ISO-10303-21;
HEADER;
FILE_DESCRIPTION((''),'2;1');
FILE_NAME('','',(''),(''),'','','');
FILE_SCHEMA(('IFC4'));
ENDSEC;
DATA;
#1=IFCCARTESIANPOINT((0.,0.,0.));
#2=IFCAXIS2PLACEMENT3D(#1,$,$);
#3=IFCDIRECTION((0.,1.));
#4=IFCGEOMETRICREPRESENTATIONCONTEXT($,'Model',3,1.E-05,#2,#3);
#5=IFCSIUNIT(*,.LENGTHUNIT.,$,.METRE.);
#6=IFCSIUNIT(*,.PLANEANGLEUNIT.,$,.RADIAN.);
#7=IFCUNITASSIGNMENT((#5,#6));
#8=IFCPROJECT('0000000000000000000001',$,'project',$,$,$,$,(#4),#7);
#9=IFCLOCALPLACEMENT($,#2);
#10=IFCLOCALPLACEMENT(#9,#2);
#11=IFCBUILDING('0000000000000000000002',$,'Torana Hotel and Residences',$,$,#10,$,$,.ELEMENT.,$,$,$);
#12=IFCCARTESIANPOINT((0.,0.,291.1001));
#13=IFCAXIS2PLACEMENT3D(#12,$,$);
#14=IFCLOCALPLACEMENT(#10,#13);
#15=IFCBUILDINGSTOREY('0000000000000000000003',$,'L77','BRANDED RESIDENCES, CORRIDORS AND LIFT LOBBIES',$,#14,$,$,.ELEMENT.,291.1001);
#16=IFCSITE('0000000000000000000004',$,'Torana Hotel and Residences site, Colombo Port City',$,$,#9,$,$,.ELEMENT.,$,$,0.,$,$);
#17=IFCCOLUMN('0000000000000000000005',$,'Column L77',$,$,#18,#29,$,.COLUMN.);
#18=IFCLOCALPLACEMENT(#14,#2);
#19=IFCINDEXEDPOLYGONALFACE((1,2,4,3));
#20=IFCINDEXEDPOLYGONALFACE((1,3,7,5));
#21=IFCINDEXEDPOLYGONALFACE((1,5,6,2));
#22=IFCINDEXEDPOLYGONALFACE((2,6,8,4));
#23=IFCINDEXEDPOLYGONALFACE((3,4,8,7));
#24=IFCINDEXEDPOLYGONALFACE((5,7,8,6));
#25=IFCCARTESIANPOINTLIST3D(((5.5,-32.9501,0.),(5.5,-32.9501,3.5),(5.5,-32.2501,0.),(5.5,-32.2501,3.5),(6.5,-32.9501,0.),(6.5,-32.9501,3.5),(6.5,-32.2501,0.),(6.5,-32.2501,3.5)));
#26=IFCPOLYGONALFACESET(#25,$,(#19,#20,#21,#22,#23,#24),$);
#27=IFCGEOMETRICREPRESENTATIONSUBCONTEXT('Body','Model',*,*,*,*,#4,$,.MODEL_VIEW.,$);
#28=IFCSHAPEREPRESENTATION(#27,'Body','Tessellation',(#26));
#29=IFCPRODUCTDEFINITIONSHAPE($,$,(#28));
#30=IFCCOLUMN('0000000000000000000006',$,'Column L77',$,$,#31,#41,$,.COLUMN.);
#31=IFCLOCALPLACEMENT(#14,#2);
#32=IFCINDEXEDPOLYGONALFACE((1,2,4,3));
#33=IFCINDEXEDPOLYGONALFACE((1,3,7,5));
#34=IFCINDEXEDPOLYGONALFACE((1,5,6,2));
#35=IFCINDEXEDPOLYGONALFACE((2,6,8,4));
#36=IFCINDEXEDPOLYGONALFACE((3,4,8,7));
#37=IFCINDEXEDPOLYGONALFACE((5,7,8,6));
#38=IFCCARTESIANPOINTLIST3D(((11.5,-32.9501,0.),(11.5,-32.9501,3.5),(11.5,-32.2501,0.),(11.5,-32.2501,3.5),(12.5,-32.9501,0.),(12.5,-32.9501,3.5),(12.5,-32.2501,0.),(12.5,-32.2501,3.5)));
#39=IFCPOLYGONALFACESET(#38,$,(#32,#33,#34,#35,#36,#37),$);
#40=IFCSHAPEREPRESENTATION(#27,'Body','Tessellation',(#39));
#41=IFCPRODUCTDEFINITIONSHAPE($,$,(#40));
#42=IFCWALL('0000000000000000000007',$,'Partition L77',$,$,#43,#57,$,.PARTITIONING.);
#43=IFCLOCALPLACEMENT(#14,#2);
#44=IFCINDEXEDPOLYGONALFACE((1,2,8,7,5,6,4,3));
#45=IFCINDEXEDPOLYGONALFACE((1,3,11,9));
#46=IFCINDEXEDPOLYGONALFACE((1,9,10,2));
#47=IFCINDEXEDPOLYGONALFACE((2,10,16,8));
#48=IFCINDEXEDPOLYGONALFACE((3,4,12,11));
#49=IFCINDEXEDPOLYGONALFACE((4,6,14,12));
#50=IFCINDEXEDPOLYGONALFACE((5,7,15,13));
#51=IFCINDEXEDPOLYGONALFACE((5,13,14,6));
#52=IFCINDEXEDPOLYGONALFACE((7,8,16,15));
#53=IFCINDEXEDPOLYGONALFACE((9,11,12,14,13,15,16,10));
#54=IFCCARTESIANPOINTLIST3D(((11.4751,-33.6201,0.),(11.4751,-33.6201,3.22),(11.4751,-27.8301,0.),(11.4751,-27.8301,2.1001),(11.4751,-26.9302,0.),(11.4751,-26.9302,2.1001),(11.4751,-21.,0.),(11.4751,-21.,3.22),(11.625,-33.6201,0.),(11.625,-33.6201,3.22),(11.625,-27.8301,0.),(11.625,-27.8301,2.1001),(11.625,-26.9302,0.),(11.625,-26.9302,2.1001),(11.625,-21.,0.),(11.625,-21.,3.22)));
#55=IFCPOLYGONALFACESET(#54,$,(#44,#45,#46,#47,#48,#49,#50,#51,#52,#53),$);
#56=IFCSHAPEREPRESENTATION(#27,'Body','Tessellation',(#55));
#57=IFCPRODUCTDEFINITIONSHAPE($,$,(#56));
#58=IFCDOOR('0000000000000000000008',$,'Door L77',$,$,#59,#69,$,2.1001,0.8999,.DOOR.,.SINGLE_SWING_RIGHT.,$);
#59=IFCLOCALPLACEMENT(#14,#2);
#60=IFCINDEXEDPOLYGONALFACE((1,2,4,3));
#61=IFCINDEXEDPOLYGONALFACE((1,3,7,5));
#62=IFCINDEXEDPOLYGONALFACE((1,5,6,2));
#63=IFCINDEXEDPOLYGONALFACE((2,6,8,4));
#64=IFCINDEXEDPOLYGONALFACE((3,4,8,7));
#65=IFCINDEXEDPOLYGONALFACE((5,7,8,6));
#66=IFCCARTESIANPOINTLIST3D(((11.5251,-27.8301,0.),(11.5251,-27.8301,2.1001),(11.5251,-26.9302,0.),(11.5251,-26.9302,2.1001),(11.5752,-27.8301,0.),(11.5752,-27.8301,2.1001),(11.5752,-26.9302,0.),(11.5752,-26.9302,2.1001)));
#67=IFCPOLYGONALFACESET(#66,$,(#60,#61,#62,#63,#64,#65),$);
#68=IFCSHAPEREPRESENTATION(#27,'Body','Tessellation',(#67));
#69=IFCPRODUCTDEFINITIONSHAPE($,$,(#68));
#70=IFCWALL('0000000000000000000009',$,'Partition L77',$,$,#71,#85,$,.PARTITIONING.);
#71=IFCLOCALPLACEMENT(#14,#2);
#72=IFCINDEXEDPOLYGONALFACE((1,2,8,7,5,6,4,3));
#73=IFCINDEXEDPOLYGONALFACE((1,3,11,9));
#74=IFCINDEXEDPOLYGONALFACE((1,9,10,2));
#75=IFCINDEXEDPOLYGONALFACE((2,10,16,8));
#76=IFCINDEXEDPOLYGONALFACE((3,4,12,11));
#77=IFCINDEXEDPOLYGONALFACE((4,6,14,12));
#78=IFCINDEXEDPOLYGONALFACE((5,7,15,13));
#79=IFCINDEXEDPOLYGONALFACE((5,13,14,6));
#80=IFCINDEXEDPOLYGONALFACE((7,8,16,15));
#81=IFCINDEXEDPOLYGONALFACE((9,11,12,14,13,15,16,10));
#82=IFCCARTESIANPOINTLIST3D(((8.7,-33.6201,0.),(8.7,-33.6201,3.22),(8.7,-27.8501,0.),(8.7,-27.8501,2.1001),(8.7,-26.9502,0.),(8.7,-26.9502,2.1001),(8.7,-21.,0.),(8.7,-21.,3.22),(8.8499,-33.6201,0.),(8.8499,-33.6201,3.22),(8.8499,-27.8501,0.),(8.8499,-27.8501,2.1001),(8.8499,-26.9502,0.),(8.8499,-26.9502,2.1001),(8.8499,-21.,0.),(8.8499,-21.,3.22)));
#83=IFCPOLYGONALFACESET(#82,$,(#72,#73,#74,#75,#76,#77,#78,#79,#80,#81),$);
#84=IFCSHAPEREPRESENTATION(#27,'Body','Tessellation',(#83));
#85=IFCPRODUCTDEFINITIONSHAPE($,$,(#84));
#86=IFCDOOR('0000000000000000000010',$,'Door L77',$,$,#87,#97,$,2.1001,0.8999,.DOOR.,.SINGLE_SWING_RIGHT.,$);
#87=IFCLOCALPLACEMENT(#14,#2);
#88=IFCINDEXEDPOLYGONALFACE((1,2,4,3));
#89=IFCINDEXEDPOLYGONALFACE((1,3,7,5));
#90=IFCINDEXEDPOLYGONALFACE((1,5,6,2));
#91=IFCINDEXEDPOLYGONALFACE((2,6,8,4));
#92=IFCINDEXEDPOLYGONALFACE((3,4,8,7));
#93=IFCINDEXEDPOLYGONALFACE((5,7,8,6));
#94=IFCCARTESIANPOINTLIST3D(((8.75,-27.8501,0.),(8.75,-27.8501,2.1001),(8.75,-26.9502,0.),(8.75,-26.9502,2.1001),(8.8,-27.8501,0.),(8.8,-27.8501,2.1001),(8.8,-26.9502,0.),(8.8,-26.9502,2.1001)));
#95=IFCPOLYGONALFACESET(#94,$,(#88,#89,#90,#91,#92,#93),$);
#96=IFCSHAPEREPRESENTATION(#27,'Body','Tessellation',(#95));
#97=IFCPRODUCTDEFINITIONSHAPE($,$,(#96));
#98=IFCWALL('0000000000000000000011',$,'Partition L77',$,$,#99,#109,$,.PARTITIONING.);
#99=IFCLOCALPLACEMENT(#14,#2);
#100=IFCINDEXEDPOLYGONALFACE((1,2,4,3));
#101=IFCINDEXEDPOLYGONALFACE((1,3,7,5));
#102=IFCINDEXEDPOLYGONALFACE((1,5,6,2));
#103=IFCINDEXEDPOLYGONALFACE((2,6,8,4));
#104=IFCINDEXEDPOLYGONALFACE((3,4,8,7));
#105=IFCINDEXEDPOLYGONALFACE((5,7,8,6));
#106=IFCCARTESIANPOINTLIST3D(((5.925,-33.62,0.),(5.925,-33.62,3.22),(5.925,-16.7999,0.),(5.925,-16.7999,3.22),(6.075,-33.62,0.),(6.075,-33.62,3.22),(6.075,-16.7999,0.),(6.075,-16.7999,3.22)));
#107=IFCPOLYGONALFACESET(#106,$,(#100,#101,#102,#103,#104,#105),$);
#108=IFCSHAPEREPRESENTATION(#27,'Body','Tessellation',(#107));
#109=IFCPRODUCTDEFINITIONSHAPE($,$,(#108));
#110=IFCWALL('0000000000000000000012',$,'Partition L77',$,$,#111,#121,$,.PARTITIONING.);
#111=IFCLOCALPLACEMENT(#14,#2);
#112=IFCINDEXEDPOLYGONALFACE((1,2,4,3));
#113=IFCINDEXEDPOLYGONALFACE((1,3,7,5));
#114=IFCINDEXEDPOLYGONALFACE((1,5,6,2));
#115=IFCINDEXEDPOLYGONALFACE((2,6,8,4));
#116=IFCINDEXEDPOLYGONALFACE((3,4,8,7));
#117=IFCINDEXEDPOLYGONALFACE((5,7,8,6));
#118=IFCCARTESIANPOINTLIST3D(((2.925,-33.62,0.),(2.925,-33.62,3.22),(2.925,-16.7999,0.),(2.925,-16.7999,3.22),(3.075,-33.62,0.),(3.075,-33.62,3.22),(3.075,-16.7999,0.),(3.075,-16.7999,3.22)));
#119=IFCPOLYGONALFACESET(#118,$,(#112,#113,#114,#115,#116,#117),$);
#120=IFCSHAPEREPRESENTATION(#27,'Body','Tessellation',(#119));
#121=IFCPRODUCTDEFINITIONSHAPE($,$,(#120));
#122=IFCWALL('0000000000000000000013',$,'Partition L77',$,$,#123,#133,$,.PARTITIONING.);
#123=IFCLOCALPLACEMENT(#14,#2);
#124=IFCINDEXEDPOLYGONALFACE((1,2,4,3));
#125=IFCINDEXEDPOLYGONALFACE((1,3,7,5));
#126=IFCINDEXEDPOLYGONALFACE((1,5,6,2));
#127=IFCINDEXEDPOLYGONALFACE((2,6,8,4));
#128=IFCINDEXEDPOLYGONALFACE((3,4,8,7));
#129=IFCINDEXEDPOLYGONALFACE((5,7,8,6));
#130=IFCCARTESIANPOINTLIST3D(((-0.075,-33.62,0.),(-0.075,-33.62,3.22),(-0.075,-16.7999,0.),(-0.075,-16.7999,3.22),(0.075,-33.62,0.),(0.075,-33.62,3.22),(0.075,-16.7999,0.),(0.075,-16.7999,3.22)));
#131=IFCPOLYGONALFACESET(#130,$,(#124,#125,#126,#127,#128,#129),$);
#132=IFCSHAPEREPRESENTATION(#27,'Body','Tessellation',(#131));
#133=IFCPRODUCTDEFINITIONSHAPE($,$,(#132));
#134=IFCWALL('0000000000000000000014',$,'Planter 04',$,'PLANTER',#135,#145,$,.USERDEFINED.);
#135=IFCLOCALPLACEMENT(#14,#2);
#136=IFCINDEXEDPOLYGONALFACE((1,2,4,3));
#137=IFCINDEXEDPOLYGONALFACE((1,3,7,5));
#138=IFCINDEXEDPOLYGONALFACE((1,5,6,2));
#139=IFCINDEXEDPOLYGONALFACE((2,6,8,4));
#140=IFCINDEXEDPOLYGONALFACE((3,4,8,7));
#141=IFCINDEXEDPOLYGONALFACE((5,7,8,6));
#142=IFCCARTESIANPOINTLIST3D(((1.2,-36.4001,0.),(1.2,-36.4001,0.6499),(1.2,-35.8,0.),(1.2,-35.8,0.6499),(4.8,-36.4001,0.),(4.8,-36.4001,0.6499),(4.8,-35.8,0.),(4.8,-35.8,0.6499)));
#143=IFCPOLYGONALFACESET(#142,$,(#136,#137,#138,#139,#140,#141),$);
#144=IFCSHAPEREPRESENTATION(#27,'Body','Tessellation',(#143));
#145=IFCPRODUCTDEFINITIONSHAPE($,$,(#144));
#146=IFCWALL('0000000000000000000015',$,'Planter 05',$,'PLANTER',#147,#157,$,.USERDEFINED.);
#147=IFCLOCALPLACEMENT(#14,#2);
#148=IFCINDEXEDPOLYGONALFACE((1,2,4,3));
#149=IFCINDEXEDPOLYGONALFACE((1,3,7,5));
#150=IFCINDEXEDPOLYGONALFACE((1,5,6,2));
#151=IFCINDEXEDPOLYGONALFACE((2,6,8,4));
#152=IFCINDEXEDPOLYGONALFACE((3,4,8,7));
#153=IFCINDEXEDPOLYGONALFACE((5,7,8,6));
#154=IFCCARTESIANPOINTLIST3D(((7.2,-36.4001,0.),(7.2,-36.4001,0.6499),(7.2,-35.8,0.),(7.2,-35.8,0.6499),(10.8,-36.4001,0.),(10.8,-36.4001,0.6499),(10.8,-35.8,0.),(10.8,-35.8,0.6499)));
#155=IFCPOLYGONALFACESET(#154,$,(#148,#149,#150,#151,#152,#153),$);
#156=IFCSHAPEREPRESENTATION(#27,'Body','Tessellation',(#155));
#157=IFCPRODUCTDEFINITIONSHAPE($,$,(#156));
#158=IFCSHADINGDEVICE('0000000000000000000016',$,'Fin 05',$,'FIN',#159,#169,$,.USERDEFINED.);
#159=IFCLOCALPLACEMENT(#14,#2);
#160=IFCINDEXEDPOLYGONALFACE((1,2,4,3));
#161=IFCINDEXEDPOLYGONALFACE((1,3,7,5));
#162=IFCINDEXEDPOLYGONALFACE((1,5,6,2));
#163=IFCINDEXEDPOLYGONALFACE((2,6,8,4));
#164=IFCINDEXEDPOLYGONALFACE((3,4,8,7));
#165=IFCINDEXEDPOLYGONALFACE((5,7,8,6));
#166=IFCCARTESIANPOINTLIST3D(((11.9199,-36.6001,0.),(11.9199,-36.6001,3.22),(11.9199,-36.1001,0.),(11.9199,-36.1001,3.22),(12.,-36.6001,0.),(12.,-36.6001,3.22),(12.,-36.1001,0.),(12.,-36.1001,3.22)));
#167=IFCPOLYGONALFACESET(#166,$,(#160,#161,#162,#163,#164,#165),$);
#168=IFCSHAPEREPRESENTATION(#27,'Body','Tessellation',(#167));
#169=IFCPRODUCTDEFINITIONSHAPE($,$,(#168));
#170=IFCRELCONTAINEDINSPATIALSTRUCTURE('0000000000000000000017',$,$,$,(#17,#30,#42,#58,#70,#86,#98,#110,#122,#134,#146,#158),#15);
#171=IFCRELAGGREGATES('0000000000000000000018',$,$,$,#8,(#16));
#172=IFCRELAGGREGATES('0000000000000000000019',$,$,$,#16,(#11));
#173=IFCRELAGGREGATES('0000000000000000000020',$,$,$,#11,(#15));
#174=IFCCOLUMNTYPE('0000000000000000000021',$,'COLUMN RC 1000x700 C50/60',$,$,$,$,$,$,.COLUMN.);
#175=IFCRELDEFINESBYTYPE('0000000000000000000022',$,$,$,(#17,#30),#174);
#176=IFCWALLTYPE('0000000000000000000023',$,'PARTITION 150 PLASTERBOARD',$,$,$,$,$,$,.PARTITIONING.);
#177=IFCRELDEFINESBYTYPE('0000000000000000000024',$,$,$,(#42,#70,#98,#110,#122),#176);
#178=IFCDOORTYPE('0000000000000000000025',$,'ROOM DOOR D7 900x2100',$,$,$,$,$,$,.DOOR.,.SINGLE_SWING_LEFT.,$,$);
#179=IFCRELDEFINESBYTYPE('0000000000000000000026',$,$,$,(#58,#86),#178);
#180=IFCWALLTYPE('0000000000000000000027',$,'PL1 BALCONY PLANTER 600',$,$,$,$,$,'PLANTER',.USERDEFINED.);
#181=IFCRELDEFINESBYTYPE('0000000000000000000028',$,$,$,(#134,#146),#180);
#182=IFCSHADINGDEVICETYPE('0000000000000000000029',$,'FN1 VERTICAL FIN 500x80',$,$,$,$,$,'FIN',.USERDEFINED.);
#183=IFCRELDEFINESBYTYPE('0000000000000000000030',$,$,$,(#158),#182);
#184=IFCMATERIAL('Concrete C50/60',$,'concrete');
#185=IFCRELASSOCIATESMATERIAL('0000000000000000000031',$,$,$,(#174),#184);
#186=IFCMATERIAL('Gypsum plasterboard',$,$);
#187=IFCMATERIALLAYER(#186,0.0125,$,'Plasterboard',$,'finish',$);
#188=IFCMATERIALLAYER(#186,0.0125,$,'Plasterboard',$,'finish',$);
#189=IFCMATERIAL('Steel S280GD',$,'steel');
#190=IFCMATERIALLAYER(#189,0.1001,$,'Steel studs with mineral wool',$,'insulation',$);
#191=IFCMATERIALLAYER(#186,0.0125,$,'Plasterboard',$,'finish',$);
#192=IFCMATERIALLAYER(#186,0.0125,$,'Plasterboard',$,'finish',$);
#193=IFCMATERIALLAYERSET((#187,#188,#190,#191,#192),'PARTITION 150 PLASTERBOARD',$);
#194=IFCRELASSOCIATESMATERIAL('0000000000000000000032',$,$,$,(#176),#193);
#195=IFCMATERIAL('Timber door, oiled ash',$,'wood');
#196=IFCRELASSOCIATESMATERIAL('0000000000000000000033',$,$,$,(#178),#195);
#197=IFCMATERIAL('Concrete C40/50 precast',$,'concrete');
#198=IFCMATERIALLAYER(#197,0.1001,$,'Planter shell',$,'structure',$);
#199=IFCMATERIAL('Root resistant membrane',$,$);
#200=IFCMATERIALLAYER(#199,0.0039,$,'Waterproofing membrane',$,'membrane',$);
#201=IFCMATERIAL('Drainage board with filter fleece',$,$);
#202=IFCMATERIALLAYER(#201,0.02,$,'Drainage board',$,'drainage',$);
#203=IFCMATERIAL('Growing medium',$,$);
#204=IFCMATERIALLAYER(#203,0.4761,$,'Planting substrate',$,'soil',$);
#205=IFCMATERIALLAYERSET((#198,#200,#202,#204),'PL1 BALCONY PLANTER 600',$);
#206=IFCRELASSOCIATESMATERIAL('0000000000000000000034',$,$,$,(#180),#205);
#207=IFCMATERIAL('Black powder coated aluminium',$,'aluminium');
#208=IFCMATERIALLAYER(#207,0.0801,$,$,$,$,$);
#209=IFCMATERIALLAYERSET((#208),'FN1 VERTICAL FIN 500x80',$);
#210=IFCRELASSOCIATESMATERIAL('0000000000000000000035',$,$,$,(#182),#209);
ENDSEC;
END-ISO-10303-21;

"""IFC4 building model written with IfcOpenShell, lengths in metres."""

from ifc_helpers import new_model, si_unit, direction, frame, frame_2d, origin, origin_2d, place, context, subcontext, project, spatial, rectangle, extrude, material, layer, layer_set, material_profile, profile_set, type_object, element, fill, save


model = new_model("IFC4")

# Units and contexts
model_context = context("Model", 3, precision=1e-05, world=origin(), true_north=direction((0.0, 1.0)))
body_context = subcontext(model_context, "Body", "Model", "MODEL_VIEW")
ifc_project = project(units=[si_unit("LENGTHUNIT", "METRE"), si_unit("PLANEANGLEUNIT", "RADIAN")], contexts=[model_context])

# Site, building, storey
site_placement = place(None, origin())
site = spatial("IfcSite", under=ifc_project, at=site_placement, Name="Torana Hotel and Residences site, Colombo Port City", CompositionType="ELEMENT", RefElevation=0.0)
building_placement = place(site_placement, origin())
building = spatial("IfcBuilding", under=site, at=building_placement, Name="Torana Hotel and Residences", CompositionType="ELEMENT")
storey_placement = place(building_placement, frame((0.0, 0.0, 291.1001)))
storey = spatial("IfcBuildingStorey", under=building, at=storey_placement, Name="L77", Description="BRANDED RESIDENCES, CORRIDORS AND LIFT LOBBIES", CompositionType="ELEMENT", Elevation=291.1001)

# Columns
ifc_material_1 = material(Name="Concrete C50/60", Category="concrete")
ifc_material_profile = material_profile(ifc_material_1, rectangle(XDim=1.0, YDim=0.7, at=origin_2d()), Name="RC 1000x700")
ifc_profile_set = profile_set([ifc_material_profile], Name="Concrete C50/60")
column_type = type_object("IfcColumnType", Name="COLUMN RC 1000x700 C50/60", PredefinedType="COLUMN", material=ifc_profile_set)
for number, where, z_axis, x_axis, name in (
    (1, (6.0, -32.6001, 0.0), (0.0, 0.0, 1.0), (1.0, 0.0, 0.0), "Column L77"),
    (2, (12.0, -32.6001, 0.0), (0.0, 0.0, 1.0), (1.0, 0.0, 0.0), "Column L77"),
):
    element("IfcColumn", number, at=place(storey_placement, frame(where, z_axis=z_axis, x_axis=x_axis)), inside=storey, type_object=column_type, Name=name, PredefinedType="COLUMN", context=body_context, shape_type="SweptSolid", body=[
        extrude(rectangle(XDim=1.0, YDim=0.7, at=origin_2d()), origin(), (0.0, 0.0, 1.0), 3.5),
    ])

# Walls, openings, doors
ifc_material_2 = material(Name="Gypsum plasterboard")
ifc_layer_1 = layer(ifc_material_2, 0.0125, Name="Plasterboard", Category="finish")
ifc_layer_2 = layer(ifc_material_2, 0.0125, Name="Plasterboard", Category="finish")
ifc_material_3 = material(Name="Steel S280GD", Category="steel")
ifc_layer_3 = layer(ifc_material_3, 0.1001, Name="Steel studs with mineral wool", Category="insulation")
ifc_layer_4 = layer(ifc_material_2, 0.0125, Name="Plasterboard", Category="finish")
ifc_layer_5 = layer(ifc_material_2, 0.0125, Name="Plasterboard", Category="finish")
ifc_layer_set_1 = layer_set([ifc_layer_1, ifc_layer_2, ifc_layer_3, ifc_layer_4, ifc_layer_5], Name="PARTITION 150 PLASTERBOARD")
wall_type_1 = type_object("IfcWallType", Name="PARTITION 150 PLASTERBOARD", PredefinedType="PARTITIONING", material=ifc_layer_set_1)
wall_1_placement = place(storey_placement, frame((11.55, -33.6201, 0.0), z_axis=(0.0, 0.0, 1.0), x_axis=(0.0, 1.0, 0.0)))
wall_1 = element("IfcWall", 3, at=wall_1_placement, inside=storey, type_object=wall_type_1, Name="Partition L77", PredefinedType="PARTITIONING", context=body_context, shape_type="SweptSolid", body=[
    extrude(rectangle(XDim=12.6201, YDim=0.1499, at=frame_2d((6.3101, 0.0))), origin(), (0.0, 0.0, 1.0), 3.22),
])
opening_1_placement = place(wall_1_placement, frame((5.79, 0.0, 0.0)))
opening_1 = element("IfcOpeningElement", 4, at=opening_1_placement, cuts=wall_1, PredefinedType="OPENING", context=body_context, shape_type="SweptSolid", body=[
    extrude(rectangle(XDim=0.8999, YDim=2.1001, at=frame_2d((0.45, 1.05))), frame((0.0, 0.085, 0.0), z_axis=(0.0, -1.0, 0.0), x_axis=(1.0, 0.0, 0.0)), (0.0, 0.0, 1.0), 0.1699),
])
ifc_material_4 = material(Name="Timber door, oiled ash", Category="wood")
door_type = type_object("IfcDoorType", Name="ROOM DOOR D7 900x2100", OperationType="SINGLE_SWING_LEFT", PredefinedType="DOOR", material=ifc_material_4)
door_1_placement = place(opening_1_placement, origin())
door_1 = element("IfcDoor", 5, at=door_1_placement, inside=storey, type_object=door_type, Name="Door L77", OperationType="SINGLE_SWING_RIGHT", OverallHeight=2.1001, OverallWidth=0.8999, PredefinedType="DOOR", context=body_context, shape_type="SweptSolid", body=[
    extrude(rectangle(XDim=0.8999, YDim=2.1001, at=frame_2d((0.45, 1.05))), frame((0.0, 0.0249, 0.0), z_axis=(0.0, -1.0, 0.0), x_axis=(1.0, 0.0, 0.0)), (0.0, 0.0, 1.0), 0.05),
])
fill(opening_1, door_1)
wall_2_placement = place(storey_placement, frame((8.7749, -33.6201, 0.0), z_axis=(0.0, 0.0, 1.0), x_axis=(0.0, 1.0, 0.0)))
wall_2 = element("IfcWall", 6, at=wall_2_placement, inside=storey, type_object=wall_type_1, Name="Partition L77", PredefinedType="PARTITIONING", context=body_context, shape_type="SweptSolid", body=[
    extrude(rectangle(XDim=12.6201, YDim=0.1499, at=frame_2d((6.3101, 0.0))), origin(), (0.0, 0.0, 1.0), 3.22),
])
opening_2_placement = place(wall_2_placement, frame((5.77, 0.0, 0.0)))
opening_2 = element("IfcOpeningElement", 7, at=opening_2_placement, cuts=wall_2, PredefinedType="OPENING", context=body_context, shape_type="SweptSolid", body=[
    extrude(rectangle(XDim=0.8999, YDim=2.1001, at=frame_2d((0.45, 1.05))), frame((0.0, 0.085, 0.0), z_axis=(0.0, -1.0, 0.0), x_axis=(1.0, 0.0, 0.0)), (0.0, 0.0, 1.0), 0.1699),
])
door_2_placement = place(opening_2_placement, origin())
door_2 = element("IfcDoor", 8, at=door_2_placement, inside=storey, type_object=door_type, Name="Door L77", OperationType="SINGLE_SWING_RIGHT", OverallHeight=2.1001, OverallWidth=0.8999, PredefinedType="DOOR", context=body_context, shape_type="SweptSolid", body=[
    extrude(rectangle(XDim=0.8999, YDim=2.1001, at=frame_2d((0.45, 1.05))), frame((0.0, 0.0249, 0.0), z_axis=(0.0, -1.0, 0.0), x_axis=(1.0, 0.0, 0.0)), (0.0, 0.0, 1.0), 0.05),
])
fill(opening_2, door_2)

# Walls
for number, where, z_axis, x_axis, name in (
    (9, (6.0, -33.6201, 0.0), (0.0, 0.0, 1.0), (0.0, 1.0, 0.0), "Partition L77"),
    (10, (3.0, -33.6201, 0.0), (0.0, 0.0, 1.0), (0.0, 1.0, 0.0), "Partition L77"),
    (11, (0.0, -33.6201, 0.0), (0.0, 0.0, 1.0), (0.0, 1.0, 0.0), "Partition L77"),
):
    element("IfcWall", number, at=place(storey_placement, frame(where, z_axis=z_axis, x_axis=x_axis)), inside=storey, type_object=wall_type_1, Name=name, PredefinedType="PARTITIONING", context=body_context, shape_type="SweptSolid", body=[
        extrude(rectangle(XDim=16.8201, YDim=0.1499, at=frame_2d((8.4102, 0.0))), origin(), (0.0, 0.0, 1.0), 3.22),
    ])
ifc_material_5 = material(Name="Concrete C40/50 precast", Category="concrete")
ifc_layer_6 = layer(ifc_material_5, 0.1001, Name="Planter shell", Category="structure")
ifc_material_6 = material(Name="Root resistant membrane")
ifc_layer_7 = layer(ifc_material_6, 0.0039, Name="Waterproofing membrane", Category="membrane")
ifc_material_7 = material(Name="Drainage board with filter fleece")
ifc_layer_8 = layer(ifc_material_7, 0.02, Name="Drainage board", Category="drainage")
ifc_material_8 = material(Name="Growing medium")
ifc_layer_9 = layer(ifc_material_8, 0.4761, Name="Planting substrate", Category="soil")
ifc_layer_set_2 = layer_set([ifc_layer_6, ifc_layer_7, ifc_layer_8, ifc_layer_9], Name="PL1 BALCONY PLANTER 600")
wall_type_2 = type_object("IfcWallType", Name="PL1 BALCONY PLANTER 600", ElementType="PLANTER", PredefinedType="USERDEFINED", material=ifc_layer_set_2)
for number, where, z_axis, x_axis, name in (
    (12, (4.8, -36.1001, 0.0), (0.0, 0.0, 1.0), (-1.0, 0.0, 0.0), "Planter 04"),
    (13, (10.8, -36.1001, 0.0), (0.0, 0.0, 1.0), (-1.0, 0.0, 0.0), "Planter 05"),
):
    element("IfcWall", number, at=place(storey_placement, frame(where, z_axis=z_axis, x_axis=x_axis)), inside=storey, type_object=wall_type_2, Name=name, ObjectType="PLANTER", PredefinedType="USERDEFINED", context=body_context, shape_type="SweptSolid", body=[
        extrude(rectangle(XDim=3.6001, YDim=0.6001, at=frame_2d((1.8, 0.0))), origin(), (0.0, 0.0, 1.0), 0.6499),
    ])

# Shading device
ifc_material_9 = material(Name="Black powder coated aluminium", Category="aluminium")
ifc_layer_10 = layer(ifc_material_9, 0.0801)
ifc_layer_set_3 = layer_set([ifc_layer_10], Name="FN1 VERTICAL FIN 500x80")
shading_device_type = type_object("IfcShadingDeviceType", Name="FN1 VERTICAL FIN 500x80", ElementType="FIN", PredefinedType="USERDEFINED", material=ifc_layer_set_3)
shading_device_placement = place(storey_placement, frame((11.96, -36.3501, 0.0), z_axis=(0.0, 0.0, 1.0), x_axis=(-1.0, 0.0, 0.0)))
element("IfcShadingDevice", 14, at=shading_device_placement, inside=storey, type_object=shading_device_type, Name="Fin 05", ObjectType="FIN", PredefinedType="USERDEFINED", context=body_context, shape_type="SweptSolid", body=[
    extrude(rectangle(XDim=0.0801, YDim=0.5, at=origin_2d()), origin(), (0.0, 0.0, 1.0), 3.22),
])

save(model, "model.ifc")
